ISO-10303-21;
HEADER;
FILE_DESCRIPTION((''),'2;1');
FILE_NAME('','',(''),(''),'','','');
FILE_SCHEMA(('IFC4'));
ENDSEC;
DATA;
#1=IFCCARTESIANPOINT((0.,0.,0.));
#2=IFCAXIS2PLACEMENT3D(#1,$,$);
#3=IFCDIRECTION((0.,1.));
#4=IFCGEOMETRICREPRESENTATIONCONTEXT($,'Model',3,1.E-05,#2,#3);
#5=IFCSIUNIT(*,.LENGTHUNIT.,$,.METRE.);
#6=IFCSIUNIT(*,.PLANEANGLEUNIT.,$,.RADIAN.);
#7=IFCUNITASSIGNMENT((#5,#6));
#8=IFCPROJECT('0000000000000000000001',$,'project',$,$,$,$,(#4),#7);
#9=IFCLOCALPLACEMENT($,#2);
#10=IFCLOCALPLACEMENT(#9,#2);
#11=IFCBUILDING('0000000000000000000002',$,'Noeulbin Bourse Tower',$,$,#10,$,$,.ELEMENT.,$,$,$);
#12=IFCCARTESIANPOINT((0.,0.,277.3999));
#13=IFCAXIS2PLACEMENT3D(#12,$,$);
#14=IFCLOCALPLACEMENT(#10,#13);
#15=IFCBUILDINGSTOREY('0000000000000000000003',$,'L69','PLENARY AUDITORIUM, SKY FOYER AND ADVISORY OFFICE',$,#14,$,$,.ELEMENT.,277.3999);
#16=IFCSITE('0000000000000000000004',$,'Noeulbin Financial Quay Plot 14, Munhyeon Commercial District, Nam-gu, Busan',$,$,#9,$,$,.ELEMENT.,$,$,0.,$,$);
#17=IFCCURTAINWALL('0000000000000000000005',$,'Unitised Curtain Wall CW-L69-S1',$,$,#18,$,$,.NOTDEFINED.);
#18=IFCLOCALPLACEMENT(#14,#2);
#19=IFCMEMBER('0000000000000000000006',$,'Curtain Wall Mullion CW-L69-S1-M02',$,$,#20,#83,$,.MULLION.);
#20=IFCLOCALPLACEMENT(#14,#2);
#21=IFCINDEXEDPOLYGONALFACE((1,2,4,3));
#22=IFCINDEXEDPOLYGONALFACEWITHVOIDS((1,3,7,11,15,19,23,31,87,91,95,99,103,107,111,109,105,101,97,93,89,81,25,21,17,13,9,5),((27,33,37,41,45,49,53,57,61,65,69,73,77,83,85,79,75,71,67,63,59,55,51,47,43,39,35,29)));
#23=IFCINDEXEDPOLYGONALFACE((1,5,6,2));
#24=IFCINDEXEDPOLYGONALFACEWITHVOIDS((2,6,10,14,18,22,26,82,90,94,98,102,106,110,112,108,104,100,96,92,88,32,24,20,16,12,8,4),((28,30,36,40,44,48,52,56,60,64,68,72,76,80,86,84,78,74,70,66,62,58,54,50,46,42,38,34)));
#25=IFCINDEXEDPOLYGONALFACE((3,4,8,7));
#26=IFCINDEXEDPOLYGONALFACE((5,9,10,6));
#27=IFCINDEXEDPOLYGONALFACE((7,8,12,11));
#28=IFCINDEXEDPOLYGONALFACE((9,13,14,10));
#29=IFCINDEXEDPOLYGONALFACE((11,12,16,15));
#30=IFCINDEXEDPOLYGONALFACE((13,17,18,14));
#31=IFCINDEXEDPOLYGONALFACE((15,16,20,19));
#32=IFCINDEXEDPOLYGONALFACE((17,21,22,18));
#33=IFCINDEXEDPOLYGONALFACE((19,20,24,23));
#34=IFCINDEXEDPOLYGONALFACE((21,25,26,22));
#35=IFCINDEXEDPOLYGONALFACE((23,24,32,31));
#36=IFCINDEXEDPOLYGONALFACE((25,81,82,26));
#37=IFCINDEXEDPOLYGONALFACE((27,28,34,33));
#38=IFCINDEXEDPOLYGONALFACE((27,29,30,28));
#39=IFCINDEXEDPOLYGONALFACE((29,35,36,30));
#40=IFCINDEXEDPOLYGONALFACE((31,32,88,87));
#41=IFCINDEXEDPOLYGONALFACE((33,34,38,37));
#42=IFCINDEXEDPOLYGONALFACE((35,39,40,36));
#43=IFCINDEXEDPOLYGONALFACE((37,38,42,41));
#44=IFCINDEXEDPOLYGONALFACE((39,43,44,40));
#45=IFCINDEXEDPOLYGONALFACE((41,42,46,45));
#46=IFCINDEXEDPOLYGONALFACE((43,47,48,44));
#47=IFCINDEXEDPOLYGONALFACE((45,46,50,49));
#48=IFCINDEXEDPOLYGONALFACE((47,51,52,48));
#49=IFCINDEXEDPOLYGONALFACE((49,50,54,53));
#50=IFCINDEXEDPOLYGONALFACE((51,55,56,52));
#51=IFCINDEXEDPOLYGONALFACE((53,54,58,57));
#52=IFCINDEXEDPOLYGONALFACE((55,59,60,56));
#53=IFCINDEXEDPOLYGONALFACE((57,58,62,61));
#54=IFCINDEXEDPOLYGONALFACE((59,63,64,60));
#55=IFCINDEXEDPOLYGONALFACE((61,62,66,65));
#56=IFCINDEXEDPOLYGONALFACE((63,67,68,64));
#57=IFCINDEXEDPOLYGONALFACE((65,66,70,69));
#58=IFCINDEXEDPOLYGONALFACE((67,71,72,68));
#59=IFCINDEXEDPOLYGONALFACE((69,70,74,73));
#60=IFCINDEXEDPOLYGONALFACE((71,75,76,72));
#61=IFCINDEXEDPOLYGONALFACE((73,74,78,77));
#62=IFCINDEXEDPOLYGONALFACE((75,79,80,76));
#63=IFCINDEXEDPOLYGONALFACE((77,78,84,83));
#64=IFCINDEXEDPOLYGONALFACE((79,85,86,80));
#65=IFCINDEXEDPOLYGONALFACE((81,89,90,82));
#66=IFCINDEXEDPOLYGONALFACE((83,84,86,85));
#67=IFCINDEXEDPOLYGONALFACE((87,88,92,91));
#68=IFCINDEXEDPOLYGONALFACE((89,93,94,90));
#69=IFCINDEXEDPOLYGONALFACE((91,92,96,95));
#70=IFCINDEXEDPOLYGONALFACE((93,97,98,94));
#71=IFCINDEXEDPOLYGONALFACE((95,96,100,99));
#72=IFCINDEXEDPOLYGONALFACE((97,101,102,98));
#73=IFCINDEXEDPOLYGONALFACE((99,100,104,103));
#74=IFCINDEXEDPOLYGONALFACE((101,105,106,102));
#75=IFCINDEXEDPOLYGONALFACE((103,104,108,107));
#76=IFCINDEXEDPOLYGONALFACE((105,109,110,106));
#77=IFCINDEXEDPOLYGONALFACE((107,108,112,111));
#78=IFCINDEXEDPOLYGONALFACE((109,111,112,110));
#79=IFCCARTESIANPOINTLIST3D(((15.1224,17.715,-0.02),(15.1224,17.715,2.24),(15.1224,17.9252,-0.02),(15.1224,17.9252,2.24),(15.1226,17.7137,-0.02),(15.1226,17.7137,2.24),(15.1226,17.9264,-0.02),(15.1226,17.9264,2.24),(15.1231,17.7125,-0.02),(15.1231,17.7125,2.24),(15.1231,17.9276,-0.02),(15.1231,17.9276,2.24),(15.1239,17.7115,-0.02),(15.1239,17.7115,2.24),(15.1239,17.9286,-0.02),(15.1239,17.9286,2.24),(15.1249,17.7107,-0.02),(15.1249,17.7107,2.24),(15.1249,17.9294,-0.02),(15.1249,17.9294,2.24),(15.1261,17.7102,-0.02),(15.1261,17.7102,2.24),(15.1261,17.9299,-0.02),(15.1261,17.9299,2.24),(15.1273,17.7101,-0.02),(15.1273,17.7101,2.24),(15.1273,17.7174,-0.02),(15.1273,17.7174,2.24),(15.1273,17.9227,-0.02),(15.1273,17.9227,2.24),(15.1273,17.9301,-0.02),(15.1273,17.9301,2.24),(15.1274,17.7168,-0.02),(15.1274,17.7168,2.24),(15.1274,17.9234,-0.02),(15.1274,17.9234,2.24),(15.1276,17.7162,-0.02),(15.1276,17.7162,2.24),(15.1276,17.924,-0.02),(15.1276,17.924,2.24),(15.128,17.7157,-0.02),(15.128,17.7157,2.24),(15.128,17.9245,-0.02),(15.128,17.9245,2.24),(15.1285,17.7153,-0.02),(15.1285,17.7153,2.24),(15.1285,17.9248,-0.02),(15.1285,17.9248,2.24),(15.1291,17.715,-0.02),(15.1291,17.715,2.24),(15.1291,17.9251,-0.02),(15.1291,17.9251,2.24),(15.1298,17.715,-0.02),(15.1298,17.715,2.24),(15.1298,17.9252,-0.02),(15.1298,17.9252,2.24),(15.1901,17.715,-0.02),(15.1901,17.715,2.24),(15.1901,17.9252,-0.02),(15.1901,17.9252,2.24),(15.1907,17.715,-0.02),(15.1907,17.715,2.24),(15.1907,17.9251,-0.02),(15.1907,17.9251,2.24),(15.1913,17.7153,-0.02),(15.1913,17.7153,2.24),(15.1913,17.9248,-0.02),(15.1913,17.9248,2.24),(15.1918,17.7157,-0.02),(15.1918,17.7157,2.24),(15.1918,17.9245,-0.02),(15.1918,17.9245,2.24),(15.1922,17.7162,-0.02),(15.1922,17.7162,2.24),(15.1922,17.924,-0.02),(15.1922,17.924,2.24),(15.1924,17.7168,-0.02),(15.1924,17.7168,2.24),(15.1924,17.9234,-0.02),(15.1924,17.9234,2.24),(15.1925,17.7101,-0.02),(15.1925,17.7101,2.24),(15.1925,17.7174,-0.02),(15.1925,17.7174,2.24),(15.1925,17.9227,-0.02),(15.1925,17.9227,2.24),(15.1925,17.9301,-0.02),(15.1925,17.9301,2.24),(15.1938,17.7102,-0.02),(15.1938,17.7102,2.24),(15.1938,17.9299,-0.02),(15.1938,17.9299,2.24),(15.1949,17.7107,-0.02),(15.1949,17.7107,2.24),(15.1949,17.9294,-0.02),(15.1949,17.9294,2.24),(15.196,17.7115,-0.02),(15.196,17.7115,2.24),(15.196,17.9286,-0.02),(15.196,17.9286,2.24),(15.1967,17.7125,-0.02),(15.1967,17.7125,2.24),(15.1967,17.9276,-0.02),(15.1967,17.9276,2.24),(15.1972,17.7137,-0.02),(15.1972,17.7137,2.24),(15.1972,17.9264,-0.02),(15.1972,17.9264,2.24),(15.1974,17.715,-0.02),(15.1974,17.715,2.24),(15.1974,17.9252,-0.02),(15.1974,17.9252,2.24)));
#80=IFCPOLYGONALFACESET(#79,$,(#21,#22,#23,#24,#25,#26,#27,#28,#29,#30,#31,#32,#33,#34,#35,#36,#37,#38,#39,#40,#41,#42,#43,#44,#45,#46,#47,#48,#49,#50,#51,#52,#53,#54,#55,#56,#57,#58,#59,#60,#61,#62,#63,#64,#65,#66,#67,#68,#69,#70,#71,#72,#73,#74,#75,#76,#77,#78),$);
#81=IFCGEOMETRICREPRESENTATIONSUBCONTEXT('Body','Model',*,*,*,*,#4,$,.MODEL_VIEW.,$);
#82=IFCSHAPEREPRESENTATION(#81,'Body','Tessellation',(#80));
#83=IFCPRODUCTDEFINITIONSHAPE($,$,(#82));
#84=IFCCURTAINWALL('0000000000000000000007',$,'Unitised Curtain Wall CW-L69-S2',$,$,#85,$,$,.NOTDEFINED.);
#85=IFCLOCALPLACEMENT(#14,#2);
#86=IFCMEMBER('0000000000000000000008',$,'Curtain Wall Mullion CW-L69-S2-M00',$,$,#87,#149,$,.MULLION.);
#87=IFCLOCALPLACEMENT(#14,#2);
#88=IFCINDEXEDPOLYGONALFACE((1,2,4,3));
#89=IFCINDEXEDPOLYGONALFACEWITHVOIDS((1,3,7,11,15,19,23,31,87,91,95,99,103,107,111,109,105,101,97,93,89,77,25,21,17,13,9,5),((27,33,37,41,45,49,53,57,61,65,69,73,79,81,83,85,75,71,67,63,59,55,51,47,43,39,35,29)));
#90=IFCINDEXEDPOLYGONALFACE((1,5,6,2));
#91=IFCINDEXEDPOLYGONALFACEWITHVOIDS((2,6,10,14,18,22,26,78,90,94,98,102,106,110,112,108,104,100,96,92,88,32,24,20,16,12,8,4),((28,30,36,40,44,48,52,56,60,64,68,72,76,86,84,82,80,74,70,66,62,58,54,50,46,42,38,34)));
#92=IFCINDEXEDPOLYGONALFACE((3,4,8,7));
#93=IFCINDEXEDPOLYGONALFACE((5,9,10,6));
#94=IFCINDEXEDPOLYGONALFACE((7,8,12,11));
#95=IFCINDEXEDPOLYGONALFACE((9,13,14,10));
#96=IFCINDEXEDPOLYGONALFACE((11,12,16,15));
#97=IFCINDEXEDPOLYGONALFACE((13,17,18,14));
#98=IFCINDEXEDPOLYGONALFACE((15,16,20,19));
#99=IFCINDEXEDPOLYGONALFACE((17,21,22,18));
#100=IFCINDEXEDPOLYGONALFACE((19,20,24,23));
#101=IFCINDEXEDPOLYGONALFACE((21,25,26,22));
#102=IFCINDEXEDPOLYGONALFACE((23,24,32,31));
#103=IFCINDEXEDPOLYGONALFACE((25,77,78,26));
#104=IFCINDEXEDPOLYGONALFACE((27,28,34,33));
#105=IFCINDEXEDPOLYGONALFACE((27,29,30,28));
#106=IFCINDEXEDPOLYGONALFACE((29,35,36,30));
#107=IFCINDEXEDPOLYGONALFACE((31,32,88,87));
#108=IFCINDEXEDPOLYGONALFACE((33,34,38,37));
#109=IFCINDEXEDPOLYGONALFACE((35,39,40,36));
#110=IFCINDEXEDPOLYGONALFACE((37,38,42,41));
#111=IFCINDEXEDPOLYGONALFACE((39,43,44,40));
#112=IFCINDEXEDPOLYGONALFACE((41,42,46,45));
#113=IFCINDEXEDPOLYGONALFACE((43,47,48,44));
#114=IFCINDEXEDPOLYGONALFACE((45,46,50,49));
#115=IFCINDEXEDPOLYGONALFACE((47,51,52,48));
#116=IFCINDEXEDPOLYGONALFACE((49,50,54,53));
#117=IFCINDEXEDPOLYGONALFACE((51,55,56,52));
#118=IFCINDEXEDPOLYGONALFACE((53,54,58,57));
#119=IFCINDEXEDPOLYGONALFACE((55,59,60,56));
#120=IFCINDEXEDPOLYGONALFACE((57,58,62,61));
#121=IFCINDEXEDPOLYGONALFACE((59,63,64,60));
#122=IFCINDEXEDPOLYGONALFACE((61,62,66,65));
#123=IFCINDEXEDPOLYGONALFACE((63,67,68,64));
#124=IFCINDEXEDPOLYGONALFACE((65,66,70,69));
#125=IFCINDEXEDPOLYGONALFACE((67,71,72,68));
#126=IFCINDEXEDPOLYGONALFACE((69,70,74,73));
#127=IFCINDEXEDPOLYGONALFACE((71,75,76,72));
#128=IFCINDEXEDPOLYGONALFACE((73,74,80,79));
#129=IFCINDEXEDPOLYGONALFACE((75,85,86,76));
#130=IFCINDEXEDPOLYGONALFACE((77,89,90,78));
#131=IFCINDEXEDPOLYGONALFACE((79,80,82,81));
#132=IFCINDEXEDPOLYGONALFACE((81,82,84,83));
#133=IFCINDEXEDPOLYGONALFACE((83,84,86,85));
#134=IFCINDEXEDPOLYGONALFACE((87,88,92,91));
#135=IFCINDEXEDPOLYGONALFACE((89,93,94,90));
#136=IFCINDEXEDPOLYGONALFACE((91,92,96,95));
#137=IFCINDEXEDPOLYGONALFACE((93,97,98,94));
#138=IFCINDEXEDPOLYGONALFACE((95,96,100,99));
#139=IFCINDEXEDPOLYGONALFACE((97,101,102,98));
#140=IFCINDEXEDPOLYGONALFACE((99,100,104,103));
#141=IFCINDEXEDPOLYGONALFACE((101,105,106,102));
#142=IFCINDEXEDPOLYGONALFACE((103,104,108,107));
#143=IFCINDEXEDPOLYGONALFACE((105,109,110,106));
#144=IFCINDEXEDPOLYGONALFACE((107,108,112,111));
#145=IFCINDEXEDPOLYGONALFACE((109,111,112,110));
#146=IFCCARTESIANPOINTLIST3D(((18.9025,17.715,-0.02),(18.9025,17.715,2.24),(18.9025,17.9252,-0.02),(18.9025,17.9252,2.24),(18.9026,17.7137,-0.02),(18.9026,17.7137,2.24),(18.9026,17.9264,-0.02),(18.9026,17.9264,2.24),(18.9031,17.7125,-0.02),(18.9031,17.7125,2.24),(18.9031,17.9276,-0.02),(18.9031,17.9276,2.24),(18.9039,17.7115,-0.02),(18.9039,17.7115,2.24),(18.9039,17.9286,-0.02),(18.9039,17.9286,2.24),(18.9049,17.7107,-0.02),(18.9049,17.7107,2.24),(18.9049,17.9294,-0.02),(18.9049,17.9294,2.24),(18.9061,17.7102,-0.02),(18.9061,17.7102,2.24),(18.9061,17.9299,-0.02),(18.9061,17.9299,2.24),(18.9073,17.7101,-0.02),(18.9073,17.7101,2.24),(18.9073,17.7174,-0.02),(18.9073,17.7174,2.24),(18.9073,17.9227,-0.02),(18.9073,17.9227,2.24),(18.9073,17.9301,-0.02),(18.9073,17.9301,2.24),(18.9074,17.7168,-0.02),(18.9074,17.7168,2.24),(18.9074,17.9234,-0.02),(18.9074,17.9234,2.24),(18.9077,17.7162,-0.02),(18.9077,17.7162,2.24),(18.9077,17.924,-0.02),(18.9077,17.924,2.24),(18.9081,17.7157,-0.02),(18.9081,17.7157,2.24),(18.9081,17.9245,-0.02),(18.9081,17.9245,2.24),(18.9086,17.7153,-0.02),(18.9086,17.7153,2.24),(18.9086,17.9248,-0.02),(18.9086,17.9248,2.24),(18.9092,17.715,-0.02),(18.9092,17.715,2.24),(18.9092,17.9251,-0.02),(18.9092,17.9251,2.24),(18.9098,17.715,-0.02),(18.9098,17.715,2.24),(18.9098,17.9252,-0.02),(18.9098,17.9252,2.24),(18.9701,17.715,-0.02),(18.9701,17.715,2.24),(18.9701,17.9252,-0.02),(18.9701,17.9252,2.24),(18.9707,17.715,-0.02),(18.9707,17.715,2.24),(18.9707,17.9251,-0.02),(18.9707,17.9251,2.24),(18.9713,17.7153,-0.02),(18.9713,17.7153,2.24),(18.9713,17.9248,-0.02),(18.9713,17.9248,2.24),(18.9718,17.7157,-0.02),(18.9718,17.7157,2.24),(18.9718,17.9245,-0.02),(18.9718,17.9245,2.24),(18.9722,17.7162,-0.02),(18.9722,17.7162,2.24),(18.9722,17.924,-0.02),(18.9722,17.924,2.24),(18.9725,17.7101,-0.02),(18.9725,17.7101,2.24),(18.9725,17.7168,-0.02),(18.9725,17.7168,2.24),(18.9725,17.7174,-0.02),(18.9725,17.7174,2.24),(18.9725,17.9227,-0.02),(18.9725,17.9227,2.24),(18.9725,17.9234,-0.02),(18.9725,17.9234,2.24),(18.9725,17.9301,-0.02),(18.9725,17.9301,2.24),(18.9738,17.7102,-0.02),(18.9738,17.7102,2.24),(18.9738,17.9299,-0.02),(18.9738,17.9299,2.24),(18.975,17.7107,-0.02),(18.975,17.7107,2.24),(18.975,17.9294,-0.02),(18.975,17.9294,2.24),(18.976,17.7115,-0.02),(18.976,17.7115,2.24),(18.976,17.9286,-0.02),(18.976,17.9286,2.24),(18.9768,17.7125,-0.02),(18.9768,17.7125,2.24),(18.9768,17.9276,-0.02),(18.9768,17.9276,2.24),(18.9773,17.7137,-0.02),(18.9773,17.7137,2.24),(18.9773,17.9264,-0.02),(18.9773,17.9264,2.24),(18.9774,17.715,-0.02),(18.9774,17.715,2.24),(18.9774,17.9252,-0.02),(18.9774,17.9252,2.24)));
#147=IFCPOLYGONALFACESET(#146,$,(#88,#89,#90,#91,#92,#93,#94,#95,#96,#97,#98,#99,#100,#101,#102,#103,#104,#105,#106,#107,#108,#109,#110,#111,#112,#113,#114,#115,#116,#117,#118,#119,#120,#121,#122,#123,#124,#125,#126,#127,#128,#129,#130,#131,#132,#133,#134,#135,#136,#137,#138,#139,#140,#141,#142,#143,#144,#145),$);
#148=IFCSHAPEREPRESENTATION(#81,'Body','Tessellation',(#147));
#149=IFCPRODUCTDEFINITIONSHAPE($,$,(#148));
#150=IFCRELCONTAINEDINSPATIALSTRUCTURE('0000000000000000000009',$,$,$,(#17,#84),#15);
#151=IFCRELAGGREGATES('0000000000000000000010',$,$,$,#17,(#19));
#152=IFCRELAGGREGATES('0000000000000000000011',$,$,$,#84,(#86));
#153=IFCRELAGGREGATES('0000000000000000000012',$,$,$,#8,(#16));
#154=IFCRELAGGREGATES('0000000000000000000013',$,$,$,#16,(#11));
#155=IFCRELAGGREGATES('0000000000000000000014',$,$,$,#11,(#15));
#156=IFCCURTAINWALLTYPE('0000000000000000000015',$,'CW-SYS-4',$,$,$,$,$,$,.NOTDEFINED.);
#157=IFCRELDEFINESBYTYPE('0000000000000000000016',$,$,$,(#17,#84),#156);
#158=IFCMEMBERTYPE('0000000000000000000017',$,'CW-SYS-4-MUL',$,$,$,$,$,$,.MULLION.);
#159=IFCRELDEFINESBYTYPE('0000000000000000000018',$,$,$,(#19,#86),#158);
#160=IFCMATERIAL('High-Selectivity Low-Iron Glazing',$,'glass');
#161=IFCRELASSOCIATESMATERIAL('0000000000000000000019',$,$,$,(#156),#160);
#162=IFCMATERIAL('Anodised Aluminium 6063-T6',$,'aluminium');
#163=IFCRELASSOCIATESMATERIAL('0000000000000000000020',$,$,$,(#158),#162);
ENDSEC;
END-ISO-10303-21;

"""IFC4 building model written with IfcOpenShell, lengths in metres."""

from ifc_helpers import new_model, si_unit, direction, frame, origin, origin_2d, place, context, subcontext, project, spatial, hollow_rectangle, extrude, material, material_profile, profile_set, type_object, element, aggregate, save


model = new_model("IFC4")

# Units and contexts
model_context = context("Model", 3, precision=1e-05, world=origin(), true_north=direction((0.0, 1.0)))
body_context = subcontext(model_context, "Body", "Model", "MODEL_VIEW")
ifc_project = project(units=[si_unit("LENGTHUNIT", "METRE"), si_unit("PLANEANGLEUNIT", "RADIAN")], contexts=[model_context])

# Site, building, storey
site_placement = place(None, origin())
site = spatial("IfcSite", under=ifc_project, at=site_placement, Name="Noeulbin Financial Quay Plot 14, Munhyeon Commercial District, Nam-gu, Busan", CompositionType="ELEMENT", RefElevation=0.0)
building_placement = place(site_placement, origin())
building = spatial("IfcBuilding", under=site, at=building_placement, Name="Noeulbin Bourse Tower", CompositionType="ELEMENT")
storey_placement = place(building_placement, frame((0.0, 0.0, 277.3999)))
storey = spatial("IfcBuildingStorey", under=building, at=storey_placement, Name="L69", Description="PLENARY AUDITORIUM, SKY FOYER AND ADVISORY OFFICE", CompositionType="ELEMENT", Elevation=277.3999)

# Curtain wall, member
ifc_material_1 = material(Name="High-Selectivity Low-Iron Glazing", Category="glass")
curtain_wall_type = type_object("IfcCurtainWallType", Name="CW-SYS-4", PredefinedType="NOTDEFINED", material=ifc_material_1)
curtain_wall_1_placement = place(storey_placement, origin())
curtain_wall_1 = element("IfcCurtainWall", 1, at=curtain_wall_1_placement, inside=storey, type_object=curtain_wall_type, Name="Unitised Curtain Wall CW-L69-S1", PredefinedType="NOTDEFINED")
ifc_material_2 = material(Name="Anodised Aluminium 6063-T6", Category="aluminium")
ifc_material_profile_1 = material_profile(ifc_material_2, hollow_rectangle(XDim=0.075, YDim=0.22, WallThickness=0.0049, InnerFilletRadius=0.0024, OuterFilletRadius=0.0049, at=origin_2d()), Name="ALU-MULL-75x220x5", Category="LoadBearing")
ifc_profile_set_1 = profile_set([ifc_material_profile_1], Name="Anodised Aluminium 6063-T6")
member_type_1 = type_object("IfcMemberType", Name="CW-SYS-4-MUL", PredefinedType="MULLION", material=ifc_profile_set_1)
member_1_placement = place(storey_placement, frame((15.1599, 17.8201, -0.02), z_axis=(0.0, 0.0, 1.0), x_axis=(1.0, 0.0, 0.0)))
member_1 = element("IfcMember", 2, at=member_1_placement, type_object=member_type_1, Name="Curtain Wall Mullion CW-L69-S1-M02", PredefinedType="MULLION", context=body_context, shape_type="SweptSolid", body=[
    extrude(hollow_rectangle(XDim=0.075, YDim=0.22, WallThickness=0.0049, InnerFilletRadius=0.0024, OuterFilletRadius=0.0049, at=origin_2d()), origin(), (0.0, 0.0, 1.0), 2.26),
])
aggregate(curtain_wall_1, [member_1])

# Curtain wall, member
curtain_wall_2_placement = place(storey_placement, origin())
curtain_wall_2 = element("IfcCurtainWall", 3, at=curtain_wall_2_placement, inside=storey, type_object=curtain_wall_type, Name="Unitised Curtain Wall CW-L69-S2", PredefinedType="NOTDEFINED")
member_2_placement = place(storey_placement, frame((18.9399, 17.8201, -0.02), z_axis=(0.0, 0.0, 1.0), x_axis=(1.0, 0.0, 0.0)))
member_2 = element("IfcMember", 4, at=member_2_placement, type_object=member_type_1, Name="Curtain Wall Mullion CW-L69-S2-M00", PredefinedType="MULLION", context=body_context, shape_type="SweptSolid", body=[
    extrude(hollow_rectangle(XDim=0.075, YDim=0.22, WallThickness=0.0049, InnerFilletRadius=0.0024, OuterFilletRadius=0.0049, at=origin_2d()), origin(), (0.0, 0.0, 1.0), 2.26),
])
aggregate(curtain_wall_2, [member_2])

save(model, "model.ifc")
